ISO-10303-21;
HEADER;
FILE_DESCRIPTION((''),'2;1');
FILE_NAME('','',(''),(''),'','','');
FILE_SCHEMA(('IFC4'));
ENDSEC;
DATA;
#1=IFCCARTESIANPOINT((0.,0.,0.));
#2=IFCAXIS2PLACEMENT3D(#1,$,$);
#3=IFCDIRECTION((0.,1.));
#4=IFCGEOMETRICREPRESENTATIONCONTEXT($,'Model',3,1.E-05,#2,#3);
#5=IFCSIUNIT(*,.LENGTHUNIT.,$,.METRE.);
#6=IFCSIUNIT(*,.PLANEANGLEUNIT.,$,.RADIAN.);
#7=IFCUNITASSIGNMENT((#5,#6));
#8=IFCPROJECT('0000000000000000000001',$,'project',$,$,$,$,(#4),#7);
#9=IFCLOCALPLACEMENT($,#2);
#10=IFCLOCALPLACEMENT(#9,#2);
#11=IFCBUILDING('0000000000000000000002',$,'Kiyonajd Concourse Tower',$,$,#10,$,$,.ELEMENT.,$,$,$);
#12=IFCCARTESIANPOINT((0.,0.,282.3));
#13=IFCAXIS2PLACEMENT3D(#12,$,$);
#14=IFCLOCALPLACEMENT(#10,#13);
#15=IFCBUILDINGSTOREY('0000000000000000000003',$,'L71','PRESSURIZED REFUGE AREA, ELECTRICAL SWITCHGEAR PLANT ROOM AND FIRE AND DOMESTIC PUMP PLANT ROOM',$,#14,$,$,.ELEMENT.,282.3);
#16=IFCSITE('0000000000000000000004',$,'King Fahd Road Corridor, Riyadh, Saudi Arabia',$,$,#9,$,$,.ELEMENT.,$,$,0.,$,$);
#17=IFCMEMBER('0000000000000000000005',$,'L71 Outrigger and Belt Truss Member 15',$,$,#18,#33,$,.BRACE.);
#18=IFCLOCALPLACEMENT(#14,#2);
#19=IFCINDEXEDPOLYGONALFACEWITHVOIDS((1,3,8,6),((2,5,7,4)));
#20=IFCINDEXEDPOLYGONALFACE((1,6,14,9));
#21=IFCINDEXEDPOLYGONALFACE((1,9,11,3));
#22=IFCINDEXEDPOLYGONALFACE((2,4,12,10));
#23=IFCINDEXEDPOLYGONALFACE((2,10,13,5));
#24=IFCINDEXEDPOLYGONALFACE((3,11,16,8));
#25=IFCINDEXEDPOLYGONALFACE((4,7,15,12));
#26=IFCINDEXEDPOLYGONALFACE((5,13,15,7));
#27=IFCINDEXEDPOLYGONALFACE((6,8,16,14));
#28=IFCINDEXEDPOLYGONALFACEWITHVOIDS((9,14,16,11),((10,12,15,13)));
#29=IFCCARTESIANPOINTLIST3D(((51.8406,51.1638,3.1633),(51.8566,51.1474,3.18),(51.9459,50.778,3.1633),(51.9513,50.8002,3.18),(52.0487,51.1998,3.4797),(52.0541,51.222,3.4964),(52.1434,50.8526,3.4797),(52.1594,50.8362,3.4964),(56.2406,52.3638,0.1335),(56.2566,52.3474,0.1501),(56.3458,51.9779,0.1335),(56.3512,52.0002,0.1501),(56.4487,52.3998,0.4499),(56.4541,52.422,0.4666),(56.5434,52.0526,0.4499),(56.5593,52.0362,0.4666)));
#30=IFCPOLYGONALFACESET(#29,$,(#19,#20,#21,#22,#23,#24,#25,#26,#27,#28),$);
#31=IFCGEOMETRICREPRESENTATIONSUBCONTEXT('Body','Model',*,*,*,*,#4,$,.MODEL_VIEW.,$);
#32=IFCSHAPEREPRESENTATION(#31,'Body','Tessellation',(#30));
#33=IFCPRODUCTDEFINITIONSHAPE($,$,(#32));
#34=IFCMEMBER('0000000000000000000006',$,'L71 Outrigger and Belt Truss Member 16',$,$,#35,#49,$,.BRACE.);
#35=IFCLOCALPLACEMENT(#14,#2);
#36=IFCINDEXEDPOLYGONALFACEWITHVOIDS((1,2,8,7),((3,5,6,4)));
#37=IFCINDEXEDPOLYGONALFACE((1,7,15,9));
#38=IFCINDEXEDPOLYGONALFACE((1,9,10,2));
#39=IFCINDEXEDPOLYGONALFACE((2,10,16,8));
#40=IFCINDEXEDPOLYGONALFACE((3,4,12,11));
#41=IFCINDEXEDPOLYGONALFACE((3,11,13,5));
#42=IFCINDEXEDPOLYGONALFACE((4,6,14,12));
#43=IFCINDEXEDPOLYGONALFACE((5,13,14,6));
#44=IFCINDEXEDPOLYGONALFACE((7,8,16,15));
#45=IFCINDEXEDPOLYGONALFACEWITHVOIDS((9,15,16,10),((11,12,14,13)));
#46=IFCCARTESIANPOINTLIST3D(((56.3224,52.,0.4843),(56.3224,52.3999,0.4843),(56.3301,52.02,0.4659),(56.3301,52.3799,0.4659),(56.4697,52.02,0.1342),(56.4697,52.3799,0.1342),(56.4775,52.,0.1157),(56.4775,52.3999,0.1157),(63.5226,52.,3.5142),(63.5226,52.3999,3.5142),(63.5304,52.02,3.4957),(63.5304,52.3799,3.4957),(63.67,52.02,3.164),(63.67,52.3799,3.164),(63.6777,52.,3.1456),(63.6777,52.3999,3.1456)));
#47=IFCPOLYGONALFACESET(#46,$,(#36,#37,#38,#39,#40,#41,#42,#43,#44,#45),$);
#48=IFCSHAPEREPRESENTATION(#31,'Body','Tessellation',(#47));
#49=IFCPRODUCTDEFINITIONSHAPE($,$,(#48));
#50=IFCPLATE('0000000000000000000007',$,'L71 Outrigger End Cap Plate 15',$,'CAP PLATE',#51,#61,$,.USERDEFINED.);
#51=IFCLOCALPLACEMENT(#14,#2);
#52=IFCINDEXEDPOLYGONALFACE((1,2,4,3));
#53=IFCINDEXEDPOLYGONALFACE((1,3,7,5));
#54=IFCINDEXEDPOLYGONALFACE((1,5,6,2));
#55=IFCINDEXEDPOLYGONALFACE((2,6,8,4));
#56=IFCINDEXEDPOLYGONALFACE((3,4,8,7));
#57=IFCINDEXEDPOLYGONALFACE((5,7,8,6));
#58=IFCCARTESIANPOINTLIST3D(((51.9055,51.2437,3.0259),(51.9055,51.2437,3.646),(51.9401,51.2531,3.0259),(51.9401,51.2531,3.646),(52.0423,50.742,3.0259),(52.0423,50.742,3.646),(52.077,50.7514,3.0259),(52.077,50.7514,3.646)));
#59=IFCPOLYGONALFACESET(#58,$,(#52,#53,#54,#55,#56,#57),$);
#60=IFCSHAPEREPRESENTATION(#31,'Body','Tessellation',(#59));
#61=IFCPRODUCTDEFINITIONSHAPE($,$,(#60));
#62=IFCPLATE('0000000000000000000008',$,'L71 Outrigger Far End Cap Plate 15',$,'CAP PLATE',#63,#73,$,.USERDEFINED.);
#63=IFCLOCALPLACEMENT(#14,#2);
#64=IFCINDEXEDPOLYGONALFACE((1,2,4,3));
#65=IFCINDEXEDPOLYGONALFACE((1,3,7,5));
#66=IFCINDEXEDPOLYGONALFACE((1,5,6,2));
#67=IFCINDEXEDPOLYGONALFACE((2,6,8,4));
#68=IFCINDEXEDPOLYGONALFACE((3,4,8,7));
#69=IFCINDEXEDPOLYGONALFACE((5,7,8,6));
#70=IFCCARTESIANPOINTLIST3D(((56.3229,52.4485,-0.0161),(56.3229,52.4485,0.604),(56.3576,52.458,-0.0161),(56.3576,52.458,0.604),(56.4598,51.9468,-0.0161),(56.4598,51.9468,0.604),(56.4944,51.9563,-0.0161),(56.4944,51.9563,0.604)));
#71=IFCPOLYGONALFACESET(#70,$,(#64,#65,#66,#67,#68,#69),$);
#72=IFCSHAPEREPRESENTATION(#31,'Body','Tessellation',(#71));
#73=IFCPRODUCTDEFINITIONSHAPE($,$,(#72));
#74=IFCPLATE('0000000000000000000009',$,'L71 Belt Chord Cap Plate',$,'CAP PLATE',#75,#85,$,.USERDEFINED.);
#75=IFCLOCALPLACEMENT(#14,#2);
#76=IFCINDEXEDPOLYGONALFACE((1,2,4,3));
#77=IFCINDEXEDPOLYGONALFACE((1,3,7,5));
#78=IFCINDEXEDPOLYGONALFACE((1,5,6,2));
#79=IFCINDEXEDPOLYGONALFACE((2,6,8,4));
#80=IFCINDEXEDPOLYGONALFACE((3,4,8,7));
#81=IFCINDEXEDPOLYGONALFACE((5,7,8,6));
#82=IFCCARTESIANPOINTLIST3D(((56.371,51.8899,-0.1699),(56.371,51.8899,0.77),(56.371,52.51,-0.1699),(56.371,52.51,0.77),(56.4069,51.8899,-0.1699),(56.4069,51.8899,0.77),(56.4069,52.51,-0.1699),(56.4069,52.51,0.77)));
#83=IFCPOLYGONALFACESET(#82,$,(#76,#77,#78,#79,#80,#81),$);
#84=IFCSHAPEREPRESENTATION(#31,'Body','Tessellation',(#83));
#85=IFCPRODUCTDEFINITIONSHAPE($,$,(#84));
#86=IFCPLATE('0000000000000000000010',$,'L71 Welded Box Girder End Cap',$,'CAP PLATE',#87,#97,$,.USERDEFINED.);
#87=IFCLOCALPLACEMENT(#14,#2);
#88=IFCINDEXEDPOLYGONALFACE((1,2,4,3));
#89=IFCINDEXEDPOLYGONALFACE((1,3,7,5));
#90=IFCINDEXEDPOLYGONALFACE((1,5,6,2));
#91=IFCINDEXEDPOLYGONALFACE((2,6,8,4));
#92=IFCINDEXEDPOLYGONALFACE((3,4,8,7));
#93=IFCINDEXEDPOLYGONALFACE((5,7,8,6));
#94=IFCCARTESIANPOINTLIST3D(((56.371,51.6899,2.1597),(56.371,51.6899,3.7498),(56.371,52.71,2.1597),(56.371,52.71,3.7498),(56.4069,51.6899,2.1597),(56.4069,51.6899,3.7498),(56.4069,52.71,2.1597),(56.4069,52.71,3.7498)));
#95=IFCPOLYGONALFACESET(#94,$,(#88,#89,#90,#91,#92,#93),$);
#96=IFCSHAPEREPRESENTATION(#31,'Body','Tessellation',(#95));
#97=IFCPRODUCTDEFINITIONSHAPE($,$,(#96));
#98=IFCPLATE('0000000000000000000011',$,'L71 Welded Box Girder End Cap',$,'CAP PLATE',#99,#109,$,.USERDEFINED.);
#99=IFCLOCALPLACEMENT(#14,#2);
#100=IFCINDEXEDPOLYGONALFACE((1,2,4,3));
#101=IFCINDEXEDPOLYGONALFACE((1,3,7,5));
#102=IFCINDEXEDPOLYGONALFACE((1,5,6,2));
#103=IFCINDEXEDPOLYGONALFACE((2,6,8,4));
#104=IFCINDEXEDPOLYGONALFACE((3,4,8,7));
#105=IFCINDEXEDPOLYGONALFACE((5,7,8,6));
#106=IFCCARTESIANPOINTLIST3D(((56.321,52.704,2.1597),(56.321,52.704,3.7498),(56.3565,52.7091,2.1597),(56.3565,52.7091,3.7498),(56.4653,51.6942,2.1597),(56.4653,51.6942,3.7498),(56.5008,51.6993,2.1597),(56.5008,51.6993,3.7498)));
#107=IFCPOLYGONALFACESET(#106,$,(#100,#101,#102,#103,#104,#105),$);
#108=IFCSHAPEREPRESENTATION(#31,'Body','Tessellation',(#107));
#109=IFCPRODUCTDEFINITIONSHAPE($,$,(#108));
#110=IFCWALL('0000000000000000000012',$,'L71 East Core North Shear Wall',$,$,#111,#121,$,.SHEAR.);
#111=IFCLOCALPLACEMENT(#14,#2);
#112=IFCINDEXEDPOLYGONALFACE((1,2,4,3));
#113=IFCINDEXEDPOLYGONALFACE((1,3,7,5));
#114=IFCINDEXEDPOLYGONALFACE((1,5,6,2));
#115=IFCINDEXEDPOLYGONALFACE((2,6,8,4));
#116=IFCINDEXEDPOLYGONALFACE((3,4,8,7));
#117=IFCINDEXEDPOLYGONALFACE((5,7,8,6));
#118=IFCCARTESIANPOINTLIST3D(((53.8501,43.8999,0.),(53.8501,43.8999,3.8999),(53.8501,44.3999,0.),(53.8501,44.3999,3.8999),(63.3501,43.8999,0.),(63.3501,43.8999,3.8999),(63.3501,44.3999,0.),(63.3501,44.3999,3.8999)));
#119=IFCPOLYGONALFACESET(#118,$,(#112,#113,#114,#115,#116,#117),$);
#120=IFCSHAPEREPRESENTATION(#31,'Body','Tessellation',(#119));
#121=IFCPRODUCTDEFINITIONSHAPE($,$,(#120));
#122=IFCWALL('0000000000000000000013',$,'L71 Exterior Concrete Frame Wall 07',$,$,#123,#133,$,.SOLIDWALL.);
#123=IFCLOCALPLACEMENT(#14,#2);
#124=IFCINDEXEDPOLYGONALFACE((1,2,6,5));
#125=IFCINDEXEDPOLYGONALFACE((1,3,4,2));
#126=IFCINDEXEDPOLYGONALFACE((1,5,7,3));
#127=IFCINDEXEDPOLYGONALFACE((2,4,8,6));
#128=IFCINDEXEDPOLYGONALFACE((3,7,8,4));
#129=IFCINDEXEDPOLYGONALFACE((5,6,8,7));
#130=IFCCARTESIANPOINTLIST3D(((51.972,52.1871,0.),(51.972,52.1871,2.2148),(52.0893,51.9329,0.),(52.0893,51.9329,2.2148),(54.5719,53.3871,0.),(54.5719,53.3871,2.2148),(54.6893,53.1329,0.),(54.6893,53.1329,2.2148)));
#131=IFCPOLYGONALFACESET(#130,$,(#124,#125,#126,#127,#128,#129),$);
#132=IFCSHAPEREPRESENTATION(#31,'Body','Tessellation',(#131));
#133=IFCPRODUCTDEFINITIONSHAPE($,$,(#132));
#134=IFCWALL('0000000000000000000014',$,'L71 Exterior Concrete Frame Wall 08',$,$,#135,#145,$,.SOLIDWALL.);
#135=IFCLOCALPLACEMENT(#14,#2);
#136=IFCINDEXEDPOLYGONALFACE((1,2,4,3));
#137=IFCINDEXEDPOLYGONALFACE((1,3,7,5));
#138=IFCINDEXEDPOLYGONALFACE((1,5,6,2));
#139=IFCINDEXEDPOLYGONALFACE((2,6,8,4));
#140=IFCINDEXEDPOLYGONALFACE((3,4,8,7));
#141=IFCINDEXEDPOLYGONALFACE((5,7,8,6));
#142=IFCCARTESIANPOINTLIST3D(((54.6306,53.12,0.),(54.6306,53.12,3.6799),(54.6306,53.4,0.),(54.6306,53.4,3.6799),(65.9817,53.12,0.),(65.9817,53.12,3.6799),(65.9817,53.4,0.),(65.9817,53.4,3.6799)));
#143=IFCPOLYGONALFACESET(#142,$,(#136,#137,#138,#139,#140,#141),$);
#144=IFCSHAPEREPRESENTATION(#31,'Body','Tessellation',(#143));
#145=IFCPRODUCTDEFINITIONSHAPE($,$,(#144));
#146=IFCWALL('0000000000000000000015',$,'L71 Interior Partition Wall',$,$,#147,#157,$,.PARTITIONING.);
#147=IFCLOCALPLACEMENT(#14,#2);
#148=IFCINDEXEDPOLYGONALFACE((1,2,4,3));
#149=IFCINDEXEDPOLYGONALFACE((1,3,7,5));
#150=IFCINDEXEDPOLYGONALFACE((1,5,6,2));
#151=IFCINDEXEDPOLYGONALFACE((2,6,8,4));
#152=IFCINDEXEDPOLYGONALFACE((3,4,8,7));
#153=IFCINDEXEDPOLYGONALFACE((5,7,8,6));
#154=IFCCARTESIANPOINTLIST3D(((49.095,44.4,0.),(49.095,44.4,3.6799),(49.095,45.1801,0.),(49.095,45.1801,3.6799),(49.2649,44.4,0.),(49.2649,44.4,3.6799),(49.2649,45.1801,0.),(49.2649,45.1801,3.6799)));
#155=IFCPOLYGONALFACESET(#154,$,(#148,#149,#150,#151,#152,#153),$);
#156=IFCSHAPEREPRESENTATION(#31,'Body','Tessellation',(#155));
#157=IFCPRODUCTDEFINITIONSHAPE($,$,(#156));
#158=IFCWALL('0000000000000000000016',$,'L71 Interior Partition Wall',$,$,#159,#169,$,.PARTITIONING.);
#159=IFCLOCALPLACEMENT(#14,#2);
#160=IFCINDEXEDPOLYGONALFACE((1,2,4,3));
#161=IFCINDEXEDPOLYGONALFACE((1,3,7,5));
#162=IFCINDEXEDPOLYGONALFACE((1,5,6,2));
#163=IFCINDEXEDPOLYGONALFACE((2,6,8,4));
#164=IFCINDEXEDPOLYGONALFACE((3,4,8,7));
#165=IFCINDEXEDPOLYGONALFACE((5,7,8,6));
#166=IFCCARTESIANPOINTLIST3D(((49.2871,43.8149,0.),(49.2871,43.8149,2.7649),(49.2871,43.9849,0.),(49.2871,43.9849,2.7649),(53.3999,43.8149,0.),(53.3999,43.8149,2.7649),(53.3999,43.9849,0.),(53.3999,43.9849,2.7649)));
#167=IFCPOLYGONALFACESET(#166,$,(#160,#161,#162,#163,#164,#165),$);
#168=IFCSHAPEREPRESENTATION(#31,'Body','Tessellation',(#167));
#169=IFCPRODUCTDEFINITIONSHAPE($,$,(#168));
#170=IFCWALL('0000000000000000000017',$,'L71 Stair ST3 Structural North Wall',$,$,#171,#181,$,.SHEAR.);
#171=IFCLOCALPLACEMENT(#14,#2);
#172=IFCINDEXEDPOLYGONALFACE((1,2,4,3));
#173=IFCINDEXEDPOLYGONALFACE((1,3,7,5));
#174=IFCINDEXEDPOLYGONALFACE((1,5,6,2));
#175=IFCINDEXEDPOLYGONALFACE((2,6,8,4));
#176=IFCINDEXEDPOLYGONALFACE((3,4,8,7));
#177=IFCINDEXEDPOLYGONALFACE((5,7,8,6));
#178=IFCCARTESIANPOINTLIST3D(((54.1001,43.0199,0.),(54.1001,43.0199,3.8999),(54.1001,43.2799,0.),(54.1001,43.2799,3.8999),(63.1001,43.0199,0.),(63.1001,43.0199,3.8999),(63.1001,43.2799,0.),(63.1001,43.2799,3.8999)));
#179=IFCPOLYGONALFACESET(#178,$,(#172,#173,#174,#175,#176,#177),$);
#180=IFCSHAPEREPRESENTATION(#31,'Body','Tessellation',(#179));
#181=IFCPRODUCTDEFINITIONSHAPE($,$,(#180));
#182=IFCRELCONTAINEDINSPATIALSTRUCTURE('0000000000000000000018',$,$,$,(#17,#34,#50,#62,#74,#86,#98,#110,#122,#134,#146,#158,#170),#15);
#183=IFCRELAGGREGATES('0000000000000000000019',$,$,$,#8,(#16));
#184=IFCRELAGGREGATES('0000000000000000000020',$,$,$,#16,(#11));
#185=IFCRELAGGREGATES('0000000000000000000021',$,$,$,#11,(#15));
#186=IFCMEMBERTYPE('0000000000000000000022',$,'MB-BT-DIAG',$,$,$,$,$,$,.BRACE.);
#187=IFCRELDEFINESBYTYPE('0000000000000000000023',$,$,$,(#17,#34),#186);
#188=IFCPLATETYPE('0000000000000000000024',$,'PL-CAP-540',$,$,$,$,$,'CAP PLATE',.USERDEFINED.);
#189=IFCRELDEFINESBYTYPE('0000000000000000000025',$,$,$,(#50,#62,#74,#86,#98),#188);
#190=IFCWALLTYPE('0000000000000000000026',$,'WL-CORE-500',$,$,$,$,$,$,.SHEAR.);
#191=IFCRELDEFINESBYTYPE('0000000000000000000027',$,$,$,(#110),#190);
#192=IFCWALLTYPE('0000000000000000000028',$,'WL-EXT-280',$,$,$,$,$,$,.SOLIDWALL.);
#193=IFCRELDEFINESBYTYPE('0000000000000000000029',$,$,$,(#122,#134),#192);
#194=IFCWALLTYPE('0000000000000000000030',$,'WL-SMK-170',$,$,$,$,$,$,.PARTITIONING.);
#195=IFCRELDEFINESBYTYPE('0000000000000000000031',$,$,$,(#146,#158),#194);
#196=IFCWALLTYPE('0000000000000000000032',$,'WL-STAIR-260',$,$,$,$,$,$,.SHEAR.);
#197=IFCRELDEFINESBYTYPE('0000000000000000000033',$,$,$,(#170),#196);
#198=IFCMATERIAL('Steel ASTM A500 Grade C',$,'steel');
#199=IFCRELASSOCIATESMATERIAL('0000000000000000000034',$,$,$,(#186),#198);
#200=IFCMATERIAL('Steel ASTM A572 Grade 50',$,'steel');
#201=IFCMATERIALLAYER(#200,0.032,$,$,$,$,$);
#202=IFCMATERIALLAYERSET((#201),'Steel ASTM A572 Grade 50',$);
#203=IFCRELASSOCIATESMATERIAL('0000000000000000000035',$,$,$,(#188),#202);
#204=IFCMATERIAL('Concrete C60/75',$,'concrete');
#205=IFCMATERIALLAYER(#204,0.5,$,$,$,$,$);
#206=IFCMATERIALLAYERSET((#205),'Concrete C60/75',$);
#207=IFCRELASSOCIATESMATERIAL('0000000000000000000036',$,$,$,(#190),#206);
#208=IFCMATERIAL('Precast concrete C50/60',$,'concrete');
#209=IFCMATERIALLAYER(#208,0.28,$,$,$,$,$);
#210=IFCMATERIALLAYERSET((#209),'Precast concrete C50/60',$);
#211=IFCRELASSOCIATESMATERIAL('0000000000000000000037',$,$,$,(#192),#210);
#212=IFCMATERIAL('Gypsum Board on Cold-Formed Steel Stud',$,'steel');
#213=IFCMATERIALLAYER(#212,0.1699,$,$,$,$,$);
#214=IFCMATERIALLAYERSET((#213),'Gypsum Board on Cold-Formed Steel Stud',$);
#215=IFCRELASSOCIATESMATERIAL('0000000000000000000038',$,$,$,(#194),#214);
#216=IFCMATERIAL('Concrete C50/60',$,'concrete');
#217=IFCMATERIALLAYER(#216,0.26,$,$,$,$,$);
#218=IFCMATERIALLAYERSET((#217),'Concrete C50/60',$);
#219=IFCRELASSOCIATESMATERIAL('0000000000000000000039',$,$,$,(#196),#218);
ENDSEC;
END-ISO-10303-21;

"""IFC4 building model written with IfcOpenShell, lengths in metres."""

from ifc_helpers import new_model, si_unit, direction, frame, frame_2d, origin, origin_2d, place, context, subcontext, project, spatial, rectangle, hollow_rectangle, extrude, material, layer, layer_set, material_profile, profile_set, type_object, element, save


model = new_model("IFC4")

# Units and contexts
model_context = context("Model", 3, precision=1e-05, world=origin(), true_north=direction((0.0, 1.0)))
body_context = subcontext(model_context, "Body", "Model", "MODEL_VIEW")
ifc_project = project(units=[si_unit("LENGTHUNIT", "METRE"), si_unit("PLANEANGLEUNIT", "RADIAN")], contexts=[model_context])

# Site, building, storey
site_placement = place(None, origin())
site = spatial("IfcSite", under=ifc_project, at=site_placement, Name="King Fahd Road Corridor, Riyadh, Saudi Arabia", CompositionType="ELEMENT", RefElevation=0.0)
building_placement = place(site_placement, origin())
building = spatial("IfcBuilding", under=site, at=building_placement, Name="Kiyonajd Concourse Tower", CompositionType="ELEMENT")
storey_placement = place(building_placement, frame((0.0, 0.0, 282.3)))
storey = spatial("IfcBuildingStorey", under=building, at=storey_placement, Name="L71", Description="PRESSURIZED REFUGE AREA, ELECTRICAL SWITCHGEAR PLANT ROOM AND FIRE AND DOMESTIC PUMP PLANT ROOM", CompositionType="ELEMENT", Elevation=282.3)

# Shared definitions
ifc_material_1 = material(Name="Concrete C60/75", Category="concrete")

# Shared definitions
ifc_material_2 = material(Name="Steel ASTM A572 Grade 50", Category="steel")

# Members
ifc_material_3 = material(Name="Steel ASTM A500 Grade C", Category="steel")
ifc_material_profile_1 = material_profile(ifc_material_3, hollow_rectangle(XDim=0.3999, YDim=0.3999, WallThickness=0.02, at=origin_2d()), Name="HSS-400x400x20")
ifc_profile_set_1 = profile_set([ifc_material_profile_1], Name="Steel ASTM A500 Grade C")
member_type_1 = type_object("IfcMemberType", Name="MB-BT-DIAG", PredefinedType="BRACE", material=ifc_profile_set_1)
member_1_placement = place(storey_placement, frame((52.0, 51.0, 3.3298), z_axis=(0.803595, 0.219158, -0.553358), x_axis=(-0.263113, 0.964765, 0.0)))
element("IfcMember", 1, at=member_1_placement, inside=storey, type_object=member_type_1, Name="L71 Outrigger and Belt Truss Member 15", PredefinedType="BRACE", context=body_context, shape_type="SweptSolid", body=[
    extrude(hollow_rectangle(XDim=0.3999, YDim=0.3999, WallThickness=0.02, at=origin_2d()), origin(), (0.0, 0.0, 1.0), 5.4753),
])
member_2_placement = place(storey_placement, frame((56.3999, 52.2, 0.3), z_axis=(0.921721, 0.0, 0.387853), x_axis=(0.0, 1.0, 0.0)))
element("IfcMember", 2, at=member_2_placement, inside=storey, type_object=member_type_1, Name="L71 Outrigger and Belt Truss Member 16", PredefinedType="BRACE", context=body_context, shape_type="SweptSolid", body=[
    extrude(hollow_rectangle(XDim=0.3999, YDim=0.3999, WallThickness=0.02, at=origin_2d()), origin(), (0.0, 0.0, 1.0), 7.8118),
])

# Plates
ifc_layer_1 = layer(ifc_material_2, 0.032)
ifc_layer_set_1 = layer_set([ifc_layer_1], Name="Steel ASTM A572 Grade 50")
plate_type = type_object("IfcPlateType", Name="PL-CAP-540", ElementType="CAP PLATE", PredefinedType="USERDEFINED", material=ifc_layer_set_1)
for number, where, z_axis, x_axis, name in (
    (3, (51.9912, 50.9976, 3.0259), (0.0, 0.0, 1.0), (-0.964741, -0.2632, 0.0), "L71 Outrigger End Cap Plate 15"),
    (4, (56.4087, 52.2024, -0.0161), (0.0, 0.0, 1.0), (0.964741, 0.2632, 0.0), "L71 Outrigger Far End Cap Plate 15"),
):
    element("IfcPlate", number, at=place(storey_placement, frame(where, z_axis=z_axis, x_axis=x_axis)), inside=storey, type_object=plate_type, Name=name, ObjectType="CAP PLATE", PredefinedType="USERDEFINED", context=body_context, shape_type="SweptSolid", body=[
        extrude(rectangle(XDim=0.0359, YDim=0.52, at=origin_2d()), origin(), (0.0, 0.0, 1.0), 0.6201),
    ])
plate_placement = place(storey_placement, frame((56.3889, 52.2, -0.1699), z_axis=(0.0, 0.0, 1.0), x_axis=(-1.0, 0.0, 0.0)))
element("IfcPlate", 5, at=plate_placement, inside=storey, type_object=plate_type, Name="L71 Belt Chord Cap Plate", ObjectType="CAP PLATE", PredefinedType="USERDEFINED", context=body_context, shape_type="SweptSolid", body=[
    extrude(rectangle(XDim=0.0359, YDim=0.6201, at=origin_2d()), origin(), (0.0, 0.0, 1.0), 0.9399),
])
for number, where, z_axis, x_axis, name in (
    (6, (56.3889, 52.2, 2.1597), (0.0, 0.0, 1.0), (-1.0, 0.0, 0.0), "L71 Welded Box Girder End Cap"),
    (7, (56.4109, 52.2017, 2.1597), (0.0, 0.0, 1.0), (0.98995, 0.14142, 0.0), "L71 Welded Box Girder End Cap"),
):
    element("IfcPlate", number, at=place(storey_placement, frame(where, z_axis=z_axis, x_axis=x_axis)), inside=storey, type_object=plate_type, Name=name, ObjectType="CAP PLATE", PredefinedType="USERDEFINED", context=body_context, shape_type="SweptSolid", body=[
        extrude(rectangle(XDim=0.0359, YDim=1.02, at=origin_2d()), origin(), (0.0, 0.0, 1.0), 1.5901),
    ])

# Walls
ifc_layer_2 = layer(ifc_material_1, 0.5)
ifc_layer_set_2 = layer_set([ifc_layer_2], Name="Concrete C60/75")
wall_type_1 = type_object("IfcWallType", Name="WL-CORE-500", PredefinedType="SHEAR", material=ifc_layer_set_2)
wall_1_placement = place(storey_placement, frame((53.8501, 44.1499, 0.0), z_axis=(0.0, 0.0, 1.0), x_axis=(1.0, 0.0, 0.0)))
element("IfcWall", 8, at=wall_1_placement, inside=storey, type_object=wall_type_1, Name="L71 East Core North Shear Wall", PredefinedType="SHEAR", context=body_context, shape_type="SweptSolid", body=[
    extrude(rectangle(XDim=9.5, YDim=0.5, at=frame_2d((4.75, 0.0))), origin(), (0.0, 0.0, 1.0), 3.8999),
])
ifc_material_4 = material(Name="Precast concrete C50/60", Category="concrete")
ifc_layer_3 = layer(ifc_material_4, 0.28)
ifc_layer_set_3 = layer_set([ifc_layer_3], Name="Precast concrete C50/60")
wall_type_2 = type_object("IfcWallType", Name="WL-EXT-280", PredefinedType="SOLIDWALL", material=ifc_layer_set_3)
wall_2_placement = place(storey_placement, frame((52.0308, 52.0601, 0.0), z_axis=(0.0, 0.0, 1.0), x_axis=(0.907957, 0.419064, 0.0)))
element("IfcWall", 9, at=wall_2_placement, inside=storey, type_object=wall_type_2, Name="L71 Exterior Concrete Frame Wall 07", PredefinedType="SOLIDWALL", context=body_context, shape_type="SweptSolid", body=[
    extrude(rectangle(XDim=2.8635, YDim=0.28, at=frame_2d((1.4316, 0.0))), origin(), (0.0, 0.0, 1.0), 2.2148),
])
wall_3_placement = place(storey_placement, frame((54.6306, 53.26, 0.0), z_axis=(0.0, 0.0, 1.0), x_axis=(1.0, 0.0, 0.0)))
element("IfcWall", 10, at=wall_3_placement, inside=storey, type_object=wall_type_2, Name="L71 Exterior Concrete Frame Wall 08", PredefinedType="SOLIDWALL", context=body_context, shape_type="SweptSolid", body=[
    extrude(rectangle(XDim=11.3511, YDim=0.28, at=frame_2d((5.6755, 0.0))), origin(), (0.0, 0.0, 1.0), 3.6799),
])
ifc_material_5 = material(Name="Gypsum Board on Cold-Formed Steel Stud", Category="steel")
ifc_layer_4 = layer(ifc_material_5, 0.1699)
ifc_layer_set_4 = layer_set([ifc_layer_4], Name="Gypsum Board on Cold-Formed Steel Stud")
wall_type_3 = type_object("IfcWallType", Name="WL-SMK-170", PredefinedType="PARTITIONING", material=ifc_layer_set_4)
wall_4_placement = place(storey_placement, frame((49.1799, 44.3999, 0.0), z_axis=(0.0, 0.0, 1.0), x_axis=(0.0, 1.0, 0.0)))
element("IfcWall", 11, at=wall_4_placement, inside=storey, type_object=wall_type_3, Name="L71 Interior Partition Wall", PredefinedType="PARTITIONING", context=body_context, shape_type="SweptSolid", body=[
    extrude(rectangle(XDim=0.78, YDim=0.1699, at=frame_2d((0.3901, 0.0))), origin(), (0.0, 0.0, 1.0), 3.6799),
])
wall_5_placement = place(storey_placement, frame((49.2871, 43.8999, 0.0), z_axis=(0.0, 0.0, 1.0), x_axis=(1.0, 0.0, 0.0)))
element("IfcWall", 12, at=wall_5_placement, inside=storey, type_object=wall_type_3, Name="L71 Interior Partition Wall", PredefinedType="PARTITIONING", context=body_context, shape_type="SweptSolid", body=[
    extrude(rectangle(XDim=4.1128, YDim=0.1699, at=frame_2d((2.0564, 0.0))), origin(), (0.0, 0.0, 1.0), 2.7649),
])
ifc_material_6 = material(Name="Concrete C50/60", Category="concrete")
ifc_layer_5 = layer(ifc_material_6, 0.26)
ifc_layer_set_5 = layer_set([ifc_layer_5], Name="Concrete C50/60")
wall_type_4 = type_object("IfcWallType", Name="WL-STAIR-260", PredefinedType="SHEAR", material=ifc_layer_set_5)
wall_6_placement = place(storey_placement, frame((54.1001, 43.1499, 0.0), z_axis=(0.0, 0.0, 1.0), x_axis=(1.0, 0.0, 0.0)))
element("IfcWall", 13, at=wall_6_placement, inside=storey, type_object=wall_type_4, Name="L71 Stair ST3 Structural North Wall", PredefinedType="SHEAR", context=body_context, shape_type="SweptSolid", body=[
    extrude(rectangle(XDim=9.0, YDim=0.26, at=frame_2d((4.5, 0.0))), origin(), (0.0, 0.0, 1.0), 3.8999),
])

save(model, "model.ifc")
